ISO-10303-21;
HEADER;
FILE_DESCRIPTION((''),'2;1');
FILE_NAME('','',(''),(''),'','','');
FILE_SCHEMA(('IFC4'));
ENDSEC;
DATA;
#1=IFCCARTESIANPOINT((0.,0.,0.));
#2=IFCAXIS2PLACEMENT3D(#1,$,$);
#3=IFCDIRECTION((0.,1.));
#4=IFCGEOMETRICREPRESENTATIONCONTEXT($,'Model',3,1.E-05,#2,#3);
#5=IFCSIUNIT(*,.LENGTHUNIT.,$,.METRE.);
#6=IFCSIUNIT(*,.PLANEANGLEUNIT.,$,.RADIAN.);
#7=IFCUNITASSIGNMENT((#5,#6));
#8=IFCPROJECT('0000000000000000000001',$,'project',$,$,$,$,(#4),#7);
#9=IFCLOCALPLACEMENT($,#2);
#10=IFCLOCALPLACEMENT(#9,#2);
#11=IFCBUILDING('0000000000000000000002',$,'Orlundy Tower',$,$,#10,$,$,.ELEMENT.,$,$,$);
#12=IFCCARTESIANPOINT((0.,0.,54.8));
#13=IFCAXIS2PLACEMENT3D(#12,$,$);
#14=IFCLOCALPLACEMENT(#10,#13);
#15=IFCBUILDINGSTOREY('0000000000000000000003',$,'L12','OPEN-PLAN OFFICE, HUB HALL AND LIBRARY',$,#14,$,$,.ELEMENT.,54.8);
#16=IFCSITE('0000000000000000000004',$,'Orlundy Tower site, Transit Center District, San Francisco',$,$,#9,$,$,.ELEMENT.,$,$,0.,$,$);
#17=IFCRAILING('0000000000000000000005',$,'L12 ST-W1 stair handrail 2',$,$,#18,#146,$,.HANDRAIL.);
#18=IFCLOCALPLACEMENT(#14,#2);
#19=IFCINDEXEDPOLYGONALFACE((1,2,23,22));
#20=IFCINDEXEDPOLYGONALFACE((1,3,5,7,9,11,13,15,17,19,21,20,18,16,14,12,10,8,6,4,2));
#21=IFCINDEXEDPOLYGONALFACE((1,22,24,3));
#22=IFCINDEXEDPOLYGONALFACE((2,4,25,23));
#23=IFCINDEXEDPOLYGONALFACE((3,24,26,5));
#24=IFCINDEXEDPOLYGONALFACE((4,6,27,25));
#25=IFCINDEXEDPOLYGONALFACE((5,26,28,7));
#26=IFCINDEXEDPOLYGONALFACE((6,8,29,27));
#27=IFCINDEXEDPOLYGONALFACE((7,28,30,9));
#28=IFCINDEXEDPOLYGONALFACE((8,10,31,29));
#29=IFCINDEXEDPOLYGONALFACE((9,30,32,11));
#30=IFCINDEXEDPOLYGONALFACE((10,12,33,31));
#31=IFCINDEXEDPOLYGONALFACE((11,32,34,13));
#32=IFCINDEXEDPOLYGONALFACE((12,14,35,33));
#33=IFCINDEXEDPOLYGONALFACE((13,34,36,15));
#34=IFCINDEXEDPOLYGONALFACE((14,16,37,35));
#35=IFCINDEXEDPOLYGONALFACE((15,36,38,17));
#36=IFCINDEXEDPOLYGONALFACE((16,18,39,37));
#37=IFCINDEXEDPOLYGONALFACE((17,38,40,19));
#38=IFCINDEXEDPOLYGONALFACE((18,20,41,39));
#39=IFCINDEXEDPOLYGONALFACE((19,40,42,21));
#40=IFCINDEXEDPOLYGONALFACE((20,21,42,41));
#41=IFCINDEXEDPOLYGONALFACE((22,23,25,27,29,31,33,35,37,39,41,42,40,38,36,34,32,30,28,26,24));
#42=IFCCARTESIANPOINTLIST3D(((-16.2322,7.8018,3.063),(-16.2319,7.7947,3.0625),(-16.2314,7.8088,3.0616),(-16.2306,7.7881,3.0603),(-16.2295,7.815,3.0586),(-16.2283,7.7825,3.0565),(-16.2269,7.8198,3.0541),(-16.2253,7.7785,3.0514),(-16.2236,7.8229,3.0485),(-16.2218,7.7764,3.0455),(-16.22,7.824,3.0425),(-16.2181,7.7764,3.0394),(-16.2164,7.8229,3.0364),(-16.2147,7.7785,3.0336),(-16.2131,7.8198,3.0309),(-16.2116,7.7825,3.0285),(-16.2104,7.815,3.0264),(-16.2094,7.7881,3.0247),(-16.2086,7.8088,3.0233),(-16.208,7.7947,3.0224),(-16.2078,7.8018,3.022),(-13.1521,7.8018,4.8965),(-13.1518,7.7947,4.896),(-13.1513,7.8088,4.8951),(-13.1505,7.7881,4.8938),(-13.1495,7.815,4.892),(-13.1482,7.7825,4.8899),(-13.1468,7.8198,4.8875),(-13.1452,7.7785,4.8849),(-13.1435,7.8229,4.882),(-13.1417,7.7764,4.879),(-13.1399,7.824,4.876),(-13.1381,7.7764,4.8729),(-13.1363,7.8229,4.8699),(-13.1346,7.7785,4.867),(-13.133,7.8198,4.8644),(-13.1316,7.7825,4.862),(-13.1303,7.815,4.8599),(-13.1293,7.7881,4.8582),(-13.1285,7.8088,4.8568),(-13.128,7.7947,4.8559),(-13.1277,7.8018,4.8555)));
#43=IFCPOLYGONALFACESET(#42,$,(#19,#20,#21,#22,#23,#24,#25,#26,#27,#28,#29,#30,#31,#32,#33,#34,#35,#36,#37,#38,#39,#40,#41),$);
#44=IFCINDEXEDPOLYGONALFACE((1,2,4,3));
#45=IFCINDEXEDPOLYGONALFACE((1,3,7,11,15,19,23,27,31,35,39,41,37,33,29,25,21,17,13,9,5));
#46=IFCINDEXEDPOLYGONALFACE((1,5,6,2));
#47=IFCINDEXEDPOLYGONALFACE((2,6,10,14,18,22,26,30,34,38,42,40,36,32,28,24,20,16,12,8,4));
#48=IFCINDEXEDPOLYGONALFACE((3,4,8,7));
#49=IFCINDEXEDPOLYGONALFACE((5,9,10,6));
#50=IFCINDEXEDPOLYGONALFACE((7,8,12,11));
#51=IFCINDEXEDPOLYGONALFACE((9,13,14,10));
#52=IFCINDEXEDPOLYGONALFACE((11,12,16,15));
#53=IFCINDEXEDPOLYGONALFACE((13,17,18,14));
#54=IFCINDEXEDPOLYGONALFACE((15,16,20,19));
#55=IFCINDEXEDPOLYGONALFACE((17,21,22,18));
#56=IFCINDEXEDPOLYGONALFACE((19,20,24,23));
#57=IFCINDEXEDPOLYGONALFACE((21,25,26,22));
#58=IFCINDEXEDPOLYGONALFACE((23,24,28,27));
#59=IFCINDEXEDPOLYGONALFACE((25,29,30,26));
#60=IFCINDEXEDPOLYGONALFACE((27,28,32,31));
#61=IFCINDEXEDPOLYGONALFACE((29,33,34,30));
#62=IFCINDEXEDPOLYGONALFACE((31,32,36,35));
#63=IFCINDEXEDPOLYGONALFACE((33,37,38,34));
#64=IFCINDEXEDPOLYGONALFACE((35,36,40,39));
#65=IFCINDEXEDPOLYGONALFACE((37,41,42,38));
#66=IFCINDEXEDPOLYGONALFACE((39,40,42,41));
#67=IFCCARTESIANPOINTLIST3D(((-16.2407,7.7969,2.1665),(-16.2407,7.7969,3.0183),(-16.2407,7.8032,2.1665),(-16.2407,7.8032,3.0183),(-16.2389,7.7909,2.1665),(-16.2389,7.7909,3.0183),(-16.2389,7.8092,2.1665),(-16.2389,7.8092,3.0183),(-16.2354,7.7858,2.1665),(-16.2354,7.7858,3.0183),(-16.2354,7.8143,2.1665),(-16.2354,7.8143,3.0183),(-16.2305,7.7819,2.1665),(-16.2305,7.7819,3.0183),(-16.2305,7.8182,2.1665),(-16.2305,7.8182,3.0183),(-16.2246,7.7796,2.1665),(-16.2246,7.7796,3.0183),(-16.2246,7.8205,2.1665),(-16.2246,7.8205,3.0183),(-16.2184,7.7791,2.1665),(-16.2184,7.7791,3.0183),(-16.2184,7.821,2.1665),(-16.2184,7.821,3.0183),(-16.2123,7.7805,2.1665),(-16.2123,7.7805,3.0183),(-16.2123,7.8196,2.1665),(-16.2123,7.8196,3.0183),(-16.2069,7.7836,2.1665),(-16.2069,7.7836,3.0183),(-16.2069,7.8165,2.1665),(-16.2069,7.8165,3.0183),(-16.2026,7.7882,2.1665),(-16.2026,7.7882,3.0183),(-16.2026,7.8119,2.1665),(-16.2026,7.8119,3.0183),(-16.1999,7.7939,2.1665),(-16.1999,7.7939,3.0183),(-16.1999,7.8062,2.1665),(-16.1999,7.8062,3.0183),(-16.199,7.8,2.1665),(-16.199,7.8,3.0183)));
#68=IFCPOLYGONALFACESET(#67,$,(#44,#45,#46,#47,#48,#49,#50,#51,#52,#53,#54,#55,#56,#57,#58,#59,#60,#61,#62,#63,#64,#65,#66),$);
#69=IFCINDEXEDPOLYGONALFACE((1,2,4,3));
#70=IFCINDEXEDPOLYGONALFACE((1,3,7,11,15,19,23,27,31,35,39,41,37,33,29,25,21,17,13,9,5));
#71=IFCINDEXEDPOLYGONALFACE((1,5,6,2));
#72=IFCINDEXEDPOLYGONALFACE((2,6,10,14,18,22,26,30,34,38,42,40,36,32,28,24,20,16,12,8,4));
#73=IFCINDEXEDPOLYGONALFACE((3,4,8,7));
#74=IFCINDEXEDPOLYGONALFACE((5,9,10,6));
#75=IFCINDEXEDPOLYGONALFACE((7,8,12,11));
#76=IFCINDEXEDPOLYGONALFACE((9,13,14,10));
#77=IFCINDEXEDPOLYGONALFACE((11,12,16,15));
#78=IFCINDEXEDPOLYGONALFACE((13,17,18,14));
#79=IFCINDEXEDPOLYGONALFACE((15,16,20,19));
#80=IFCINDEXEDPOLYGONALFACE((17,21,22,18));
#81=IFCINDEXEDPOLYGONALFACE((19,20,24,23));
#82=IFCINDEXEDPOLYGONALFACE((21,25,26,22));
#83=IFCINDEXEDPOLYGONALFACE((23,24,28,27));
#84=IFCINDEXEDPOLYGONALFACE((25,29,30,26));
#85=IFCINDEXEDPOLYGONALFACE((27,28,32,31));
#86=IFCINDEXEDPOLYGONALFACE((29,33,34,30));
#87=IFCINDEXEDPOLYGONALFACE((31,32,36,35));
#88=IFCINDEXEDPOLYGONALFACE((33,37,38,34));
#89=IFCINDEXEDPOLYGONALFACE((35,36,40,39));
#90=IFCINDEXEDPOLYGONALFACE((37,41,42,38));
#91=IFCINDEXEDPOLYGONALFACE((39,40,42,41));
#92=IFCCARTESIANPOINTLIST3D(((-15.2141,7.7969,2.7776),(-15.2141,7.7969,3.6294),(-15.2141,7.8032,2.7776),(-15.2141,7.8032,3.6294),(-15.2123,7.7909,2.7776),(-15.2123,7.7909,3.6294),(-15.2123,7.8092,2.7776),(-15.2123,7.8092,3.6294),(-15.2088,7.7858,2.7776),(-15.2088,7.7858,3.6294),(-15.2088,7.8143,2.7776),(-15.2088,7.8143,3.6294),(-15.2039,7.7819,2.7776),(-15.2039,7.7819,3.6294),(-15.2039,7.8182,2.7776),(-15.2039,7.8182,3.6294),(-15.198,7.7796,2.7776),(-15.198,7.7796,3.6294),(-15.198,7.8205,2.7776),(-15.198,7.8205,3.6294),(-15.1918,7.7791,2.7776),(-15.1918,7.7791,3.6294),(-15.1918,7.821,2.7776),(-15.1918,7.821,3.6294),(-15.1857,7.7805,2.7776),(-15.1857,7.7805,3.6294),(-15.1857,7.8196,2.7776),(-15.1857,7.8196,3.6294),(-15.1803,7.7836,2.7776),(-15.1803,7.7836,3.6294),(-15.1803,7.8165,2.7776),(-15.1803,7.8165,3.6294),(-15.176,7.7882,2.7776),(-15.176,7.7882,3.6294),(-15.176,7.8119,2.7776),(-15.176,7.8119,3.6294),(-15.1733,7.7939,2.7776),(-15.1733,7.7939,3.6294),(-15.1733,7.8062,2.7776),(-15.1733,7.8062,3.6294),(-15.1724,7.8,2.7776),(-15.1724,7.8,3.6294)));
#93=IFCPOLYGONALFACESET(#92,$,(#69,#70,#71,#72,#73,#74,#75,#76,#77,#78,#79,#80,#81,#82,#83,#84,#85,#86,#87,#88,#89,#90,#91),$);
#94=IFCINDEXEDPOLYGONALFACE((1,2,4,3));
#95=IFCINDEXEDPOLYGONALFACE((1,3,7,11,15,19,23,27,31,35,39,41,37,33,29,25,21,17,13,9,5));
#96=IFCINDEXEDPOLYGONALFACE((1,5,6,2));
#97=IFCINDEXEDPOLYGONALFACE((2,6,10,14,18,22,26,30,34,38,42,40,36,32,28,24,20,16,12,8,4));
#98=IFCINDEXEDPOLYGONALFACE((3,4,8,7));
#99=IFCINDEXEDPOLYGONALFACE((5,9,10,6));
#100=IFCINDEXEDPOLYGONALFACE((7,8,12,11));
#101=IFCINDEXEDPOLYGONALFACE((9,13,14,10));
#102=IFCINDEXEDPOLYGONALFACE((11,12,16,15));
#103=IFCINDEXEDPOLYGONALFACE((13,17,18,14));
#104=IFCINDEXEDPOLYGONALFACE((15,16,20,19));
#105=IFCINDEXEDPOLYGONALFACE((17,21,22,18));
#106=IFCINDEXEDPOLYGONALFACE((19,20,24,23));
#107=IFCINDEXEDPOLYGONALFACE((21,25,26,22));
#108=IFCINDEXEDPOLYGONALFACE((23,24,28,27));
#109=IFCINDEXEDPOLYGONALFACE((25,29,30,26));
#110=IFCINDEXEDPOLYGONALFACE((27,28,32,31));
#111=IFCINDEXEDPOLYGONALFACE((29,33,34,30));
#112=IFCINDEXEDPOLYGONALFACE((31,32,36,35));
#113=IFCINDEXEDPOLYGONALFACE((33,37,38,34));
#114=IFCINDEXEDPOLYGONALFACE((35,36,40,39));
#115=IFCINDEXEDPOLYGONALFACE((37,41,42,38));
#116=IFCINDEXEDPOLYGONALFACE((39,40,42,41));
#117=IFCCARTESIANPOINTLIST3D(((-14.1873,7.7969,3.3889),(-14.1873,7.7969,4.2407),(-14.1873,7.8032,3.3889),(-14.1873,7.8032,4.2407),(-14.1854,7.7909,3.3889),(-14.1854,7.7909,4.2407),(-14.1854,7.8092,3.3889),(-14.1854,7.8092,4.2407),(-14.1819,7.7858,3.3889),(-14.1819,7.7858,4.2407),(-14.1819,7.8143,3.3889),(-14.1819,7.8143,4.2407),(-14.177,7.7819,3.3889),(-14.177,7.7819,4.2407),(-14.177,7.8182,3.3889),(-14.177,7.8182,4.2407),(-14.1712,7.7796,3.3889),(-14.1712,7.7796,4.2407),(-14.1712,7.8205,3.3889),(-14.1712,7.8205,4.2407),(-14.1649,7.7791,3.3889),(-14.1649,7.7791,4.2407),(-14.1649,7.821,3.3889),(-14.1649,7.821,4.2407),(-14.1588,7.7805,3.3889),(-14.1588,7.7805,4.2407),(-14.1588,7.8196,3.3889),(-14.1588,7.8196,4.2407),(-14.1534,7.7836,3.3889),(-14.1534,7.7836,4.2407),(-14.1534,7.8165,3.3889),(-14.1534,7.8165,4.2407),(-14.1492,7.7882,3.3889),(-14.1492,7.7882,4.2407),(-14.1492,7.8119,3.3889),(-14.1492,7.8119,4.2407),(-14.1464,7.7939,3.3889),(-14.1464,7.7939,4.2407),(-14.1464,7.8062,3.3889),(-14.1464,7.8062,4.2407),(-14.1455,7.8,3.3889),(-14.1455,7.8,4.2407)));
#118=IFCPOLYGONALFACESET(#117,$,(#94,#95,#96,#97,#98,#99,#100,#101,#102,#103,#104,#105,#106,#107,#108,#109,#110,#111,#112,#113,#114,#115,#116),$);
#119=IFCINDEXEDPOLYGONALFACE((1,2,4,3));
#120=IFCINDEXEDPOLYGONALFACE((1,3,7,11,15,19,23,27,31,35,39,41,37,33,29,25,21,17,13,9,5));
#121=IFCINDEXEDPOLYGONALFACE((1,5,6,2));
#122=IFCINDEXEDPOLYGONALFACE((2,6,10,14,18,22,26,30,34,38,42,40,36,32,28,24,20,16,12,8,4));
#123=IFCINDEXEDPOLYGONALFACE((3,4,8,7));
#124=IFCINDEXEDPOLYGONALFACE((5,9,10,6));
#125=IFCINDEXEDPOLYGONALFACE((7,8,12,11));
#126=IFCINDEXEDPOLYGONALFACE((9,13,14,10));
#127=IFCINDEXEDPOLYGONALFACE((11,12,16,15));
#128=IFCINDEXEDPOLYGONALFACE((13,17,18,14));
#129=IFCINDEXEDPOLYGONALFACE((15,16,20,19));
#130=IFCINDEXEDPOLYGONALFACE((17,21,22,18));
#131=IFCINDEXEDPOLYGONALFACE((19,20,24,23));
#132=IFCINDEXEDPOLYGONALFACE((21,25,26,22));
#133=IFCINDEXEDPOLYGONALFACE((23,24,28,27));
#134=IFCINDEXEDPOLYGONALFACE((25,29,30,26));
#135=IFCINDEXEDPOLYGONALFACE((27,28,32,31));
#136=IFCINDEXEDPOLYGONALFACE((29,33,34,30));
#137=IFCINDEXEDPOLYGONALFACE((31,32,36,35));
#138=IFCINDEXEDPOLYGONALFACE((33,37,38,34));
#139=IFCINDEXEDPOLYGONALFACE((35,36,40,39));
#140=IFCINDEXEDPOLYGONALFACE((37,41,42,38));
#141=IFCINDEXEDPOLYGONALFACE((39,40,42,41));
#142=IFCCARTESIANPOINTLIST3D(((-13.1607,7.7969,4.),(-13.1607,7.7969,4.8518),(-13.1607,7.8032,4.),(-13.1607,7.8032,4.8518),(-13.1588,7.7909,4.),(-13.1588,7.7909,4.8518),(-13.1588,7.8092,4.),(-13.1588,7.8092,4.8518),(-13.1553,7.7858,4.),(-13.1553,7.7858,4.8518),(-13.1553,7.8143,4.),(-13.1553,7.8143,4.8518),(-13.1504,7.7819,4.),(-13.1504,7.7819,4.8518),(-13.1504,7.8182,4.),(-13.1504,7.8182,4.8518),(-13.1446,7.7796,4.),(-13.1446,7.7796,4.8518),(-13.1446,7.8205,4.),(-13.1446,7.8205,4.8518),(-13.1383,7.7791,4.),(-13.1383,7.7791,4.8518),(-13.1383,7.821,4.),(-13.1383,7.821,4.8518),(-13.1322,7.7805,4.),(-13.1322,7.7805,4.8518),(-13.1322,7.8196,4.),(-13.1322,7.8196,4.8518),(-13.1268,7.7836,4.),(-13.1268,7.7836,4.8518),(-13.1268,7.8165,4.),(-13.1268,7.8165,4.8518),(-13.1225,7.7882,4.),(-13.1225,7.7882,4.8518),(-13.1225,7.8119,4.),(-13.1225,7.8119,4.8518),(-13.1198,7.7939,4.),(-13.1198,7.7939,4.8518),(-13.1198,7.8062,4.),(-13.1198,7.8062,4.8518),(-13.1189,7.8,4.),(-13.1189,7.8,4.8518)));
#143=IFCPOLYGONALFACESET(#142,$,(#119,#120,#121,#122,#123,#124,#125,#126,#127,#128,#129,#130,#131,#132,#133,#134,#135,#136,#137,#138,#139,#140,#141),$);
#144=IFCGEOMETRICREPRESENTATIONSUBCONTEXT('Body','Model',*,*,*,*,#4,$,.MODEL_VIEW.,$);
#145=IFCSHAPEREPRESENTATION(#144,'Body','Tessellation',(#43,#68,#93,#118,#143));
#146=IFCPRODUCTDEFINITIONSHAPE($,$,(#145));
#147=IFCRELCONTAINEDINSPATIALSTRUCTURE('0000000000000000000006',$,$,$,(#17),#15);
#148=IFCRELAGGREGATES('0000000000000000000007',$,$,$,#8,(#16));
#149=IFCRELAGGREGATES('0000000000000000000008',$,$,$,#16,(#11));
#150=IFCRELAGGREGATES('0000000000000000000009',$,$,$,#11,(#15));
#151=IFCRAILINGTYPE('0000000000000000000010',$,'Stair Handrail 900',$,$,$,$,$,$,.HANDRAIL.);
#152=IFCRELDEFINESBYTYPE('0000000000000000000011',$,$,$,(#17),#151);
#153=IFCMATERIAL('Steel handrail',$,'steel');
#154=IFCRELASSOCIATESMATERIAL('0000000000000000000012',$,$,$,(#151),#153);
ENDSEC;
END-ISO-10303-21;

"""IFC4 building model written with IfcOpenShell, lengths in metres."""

from ifc_helpers import new_model, si_unit, direction, frame, origin, origin_2d, place, context, subcontext, project, spatial, circle, extrude, material, type_object, element, save


model = new_model("IFC4")

# Units and contexts
model_context = context("Model", 3, precision=1e-05, world=origin(), true_north=direction((0.0, 1.0)))
body_context = subcontext(model_context, "Body", "Model", "MODEL_VIEW")
ifc_project = project(units=[si_unit("LENGTHUNIT", "METRE"), si_unit("PLANEANGLEUNIT", "RADIAN")], contexts=[model_context])

# Site, building, storey
site_placement = place(None, origin())
site = spatial("IfcSite", under=ifc_project, at=site_placement, Name="Orlundy Tower site, Transit Center District, San Francisco", CompositionType="ELEMENT", RefElevation=0.0)
building_placement = place(site_placement, origin())
building = spatial("IfcBuilding", under=site, at=building_placement, Name="Orlundy Tower", CompositionType="ELEMENT")
storey_placement = place(building_placement, frame((0.0, 0.0, 54.8)))
storey = spatial("IfcBuildingStorey", under=building, at=storey_placement, Name="L12", Description="OPEN-PLAN OFFICE, HUB HALL AND LIBRARY", CompositionType="ELEMENT", Elevation=54.8)

# Railing
ifc_material_1 = material(Name="Steel handrail", Category="steel")
railing_type_1 = type_object("IfcRailingType", Name="Stair Handrail 900", PredefinedType="HANDRAIL", material=ifc_material_1)
railing_1_placement = place(storey_placement, frame((-16.22, 7.8, 2.1665)))
element("IfcRailing", 1, at=railing_1_placement, inside=storey, type_object=railing_type_1, Name="L12 ST-W1 stair handrail 2", PredefinedType="HANDRAIL", context=body_context, shape_type="SweptSolid", body=[
    extrude(circle(Radius=0.0239, at=origin_2d()), frame((0.0, 0.0, 0.876), z_axis=(0.859279, 0.0, 0.511508), x_axis=(0.0, 1.0, 0.0)), (0.0, 0.0, 1.0), 3.5845),
    extrude(circle(Radius=0.021, at=origin_2d()), origin(), (0.0, 0.0, 1.0), 0.8518),
    extrude(circle(Radius=0.021, at=origin_2d()), frame((1.0266, 0.0, 0.6111)), (0.0, 0.0, 1.0), 0.8518),
    extrude(circle(Radius=0.021, at=origin_2d()), frame((2.0535, 0.0, 1.2224)), (0.0, 0.0, 1.0), 0.8518),
    extrude(circle(Radius=0.021, at=origin_2d()), frame((3.0801, 0.0, 1.8335)), (0.0, 0.0, 1.0), 0.8518),
])

save(model, "model.ifc")
